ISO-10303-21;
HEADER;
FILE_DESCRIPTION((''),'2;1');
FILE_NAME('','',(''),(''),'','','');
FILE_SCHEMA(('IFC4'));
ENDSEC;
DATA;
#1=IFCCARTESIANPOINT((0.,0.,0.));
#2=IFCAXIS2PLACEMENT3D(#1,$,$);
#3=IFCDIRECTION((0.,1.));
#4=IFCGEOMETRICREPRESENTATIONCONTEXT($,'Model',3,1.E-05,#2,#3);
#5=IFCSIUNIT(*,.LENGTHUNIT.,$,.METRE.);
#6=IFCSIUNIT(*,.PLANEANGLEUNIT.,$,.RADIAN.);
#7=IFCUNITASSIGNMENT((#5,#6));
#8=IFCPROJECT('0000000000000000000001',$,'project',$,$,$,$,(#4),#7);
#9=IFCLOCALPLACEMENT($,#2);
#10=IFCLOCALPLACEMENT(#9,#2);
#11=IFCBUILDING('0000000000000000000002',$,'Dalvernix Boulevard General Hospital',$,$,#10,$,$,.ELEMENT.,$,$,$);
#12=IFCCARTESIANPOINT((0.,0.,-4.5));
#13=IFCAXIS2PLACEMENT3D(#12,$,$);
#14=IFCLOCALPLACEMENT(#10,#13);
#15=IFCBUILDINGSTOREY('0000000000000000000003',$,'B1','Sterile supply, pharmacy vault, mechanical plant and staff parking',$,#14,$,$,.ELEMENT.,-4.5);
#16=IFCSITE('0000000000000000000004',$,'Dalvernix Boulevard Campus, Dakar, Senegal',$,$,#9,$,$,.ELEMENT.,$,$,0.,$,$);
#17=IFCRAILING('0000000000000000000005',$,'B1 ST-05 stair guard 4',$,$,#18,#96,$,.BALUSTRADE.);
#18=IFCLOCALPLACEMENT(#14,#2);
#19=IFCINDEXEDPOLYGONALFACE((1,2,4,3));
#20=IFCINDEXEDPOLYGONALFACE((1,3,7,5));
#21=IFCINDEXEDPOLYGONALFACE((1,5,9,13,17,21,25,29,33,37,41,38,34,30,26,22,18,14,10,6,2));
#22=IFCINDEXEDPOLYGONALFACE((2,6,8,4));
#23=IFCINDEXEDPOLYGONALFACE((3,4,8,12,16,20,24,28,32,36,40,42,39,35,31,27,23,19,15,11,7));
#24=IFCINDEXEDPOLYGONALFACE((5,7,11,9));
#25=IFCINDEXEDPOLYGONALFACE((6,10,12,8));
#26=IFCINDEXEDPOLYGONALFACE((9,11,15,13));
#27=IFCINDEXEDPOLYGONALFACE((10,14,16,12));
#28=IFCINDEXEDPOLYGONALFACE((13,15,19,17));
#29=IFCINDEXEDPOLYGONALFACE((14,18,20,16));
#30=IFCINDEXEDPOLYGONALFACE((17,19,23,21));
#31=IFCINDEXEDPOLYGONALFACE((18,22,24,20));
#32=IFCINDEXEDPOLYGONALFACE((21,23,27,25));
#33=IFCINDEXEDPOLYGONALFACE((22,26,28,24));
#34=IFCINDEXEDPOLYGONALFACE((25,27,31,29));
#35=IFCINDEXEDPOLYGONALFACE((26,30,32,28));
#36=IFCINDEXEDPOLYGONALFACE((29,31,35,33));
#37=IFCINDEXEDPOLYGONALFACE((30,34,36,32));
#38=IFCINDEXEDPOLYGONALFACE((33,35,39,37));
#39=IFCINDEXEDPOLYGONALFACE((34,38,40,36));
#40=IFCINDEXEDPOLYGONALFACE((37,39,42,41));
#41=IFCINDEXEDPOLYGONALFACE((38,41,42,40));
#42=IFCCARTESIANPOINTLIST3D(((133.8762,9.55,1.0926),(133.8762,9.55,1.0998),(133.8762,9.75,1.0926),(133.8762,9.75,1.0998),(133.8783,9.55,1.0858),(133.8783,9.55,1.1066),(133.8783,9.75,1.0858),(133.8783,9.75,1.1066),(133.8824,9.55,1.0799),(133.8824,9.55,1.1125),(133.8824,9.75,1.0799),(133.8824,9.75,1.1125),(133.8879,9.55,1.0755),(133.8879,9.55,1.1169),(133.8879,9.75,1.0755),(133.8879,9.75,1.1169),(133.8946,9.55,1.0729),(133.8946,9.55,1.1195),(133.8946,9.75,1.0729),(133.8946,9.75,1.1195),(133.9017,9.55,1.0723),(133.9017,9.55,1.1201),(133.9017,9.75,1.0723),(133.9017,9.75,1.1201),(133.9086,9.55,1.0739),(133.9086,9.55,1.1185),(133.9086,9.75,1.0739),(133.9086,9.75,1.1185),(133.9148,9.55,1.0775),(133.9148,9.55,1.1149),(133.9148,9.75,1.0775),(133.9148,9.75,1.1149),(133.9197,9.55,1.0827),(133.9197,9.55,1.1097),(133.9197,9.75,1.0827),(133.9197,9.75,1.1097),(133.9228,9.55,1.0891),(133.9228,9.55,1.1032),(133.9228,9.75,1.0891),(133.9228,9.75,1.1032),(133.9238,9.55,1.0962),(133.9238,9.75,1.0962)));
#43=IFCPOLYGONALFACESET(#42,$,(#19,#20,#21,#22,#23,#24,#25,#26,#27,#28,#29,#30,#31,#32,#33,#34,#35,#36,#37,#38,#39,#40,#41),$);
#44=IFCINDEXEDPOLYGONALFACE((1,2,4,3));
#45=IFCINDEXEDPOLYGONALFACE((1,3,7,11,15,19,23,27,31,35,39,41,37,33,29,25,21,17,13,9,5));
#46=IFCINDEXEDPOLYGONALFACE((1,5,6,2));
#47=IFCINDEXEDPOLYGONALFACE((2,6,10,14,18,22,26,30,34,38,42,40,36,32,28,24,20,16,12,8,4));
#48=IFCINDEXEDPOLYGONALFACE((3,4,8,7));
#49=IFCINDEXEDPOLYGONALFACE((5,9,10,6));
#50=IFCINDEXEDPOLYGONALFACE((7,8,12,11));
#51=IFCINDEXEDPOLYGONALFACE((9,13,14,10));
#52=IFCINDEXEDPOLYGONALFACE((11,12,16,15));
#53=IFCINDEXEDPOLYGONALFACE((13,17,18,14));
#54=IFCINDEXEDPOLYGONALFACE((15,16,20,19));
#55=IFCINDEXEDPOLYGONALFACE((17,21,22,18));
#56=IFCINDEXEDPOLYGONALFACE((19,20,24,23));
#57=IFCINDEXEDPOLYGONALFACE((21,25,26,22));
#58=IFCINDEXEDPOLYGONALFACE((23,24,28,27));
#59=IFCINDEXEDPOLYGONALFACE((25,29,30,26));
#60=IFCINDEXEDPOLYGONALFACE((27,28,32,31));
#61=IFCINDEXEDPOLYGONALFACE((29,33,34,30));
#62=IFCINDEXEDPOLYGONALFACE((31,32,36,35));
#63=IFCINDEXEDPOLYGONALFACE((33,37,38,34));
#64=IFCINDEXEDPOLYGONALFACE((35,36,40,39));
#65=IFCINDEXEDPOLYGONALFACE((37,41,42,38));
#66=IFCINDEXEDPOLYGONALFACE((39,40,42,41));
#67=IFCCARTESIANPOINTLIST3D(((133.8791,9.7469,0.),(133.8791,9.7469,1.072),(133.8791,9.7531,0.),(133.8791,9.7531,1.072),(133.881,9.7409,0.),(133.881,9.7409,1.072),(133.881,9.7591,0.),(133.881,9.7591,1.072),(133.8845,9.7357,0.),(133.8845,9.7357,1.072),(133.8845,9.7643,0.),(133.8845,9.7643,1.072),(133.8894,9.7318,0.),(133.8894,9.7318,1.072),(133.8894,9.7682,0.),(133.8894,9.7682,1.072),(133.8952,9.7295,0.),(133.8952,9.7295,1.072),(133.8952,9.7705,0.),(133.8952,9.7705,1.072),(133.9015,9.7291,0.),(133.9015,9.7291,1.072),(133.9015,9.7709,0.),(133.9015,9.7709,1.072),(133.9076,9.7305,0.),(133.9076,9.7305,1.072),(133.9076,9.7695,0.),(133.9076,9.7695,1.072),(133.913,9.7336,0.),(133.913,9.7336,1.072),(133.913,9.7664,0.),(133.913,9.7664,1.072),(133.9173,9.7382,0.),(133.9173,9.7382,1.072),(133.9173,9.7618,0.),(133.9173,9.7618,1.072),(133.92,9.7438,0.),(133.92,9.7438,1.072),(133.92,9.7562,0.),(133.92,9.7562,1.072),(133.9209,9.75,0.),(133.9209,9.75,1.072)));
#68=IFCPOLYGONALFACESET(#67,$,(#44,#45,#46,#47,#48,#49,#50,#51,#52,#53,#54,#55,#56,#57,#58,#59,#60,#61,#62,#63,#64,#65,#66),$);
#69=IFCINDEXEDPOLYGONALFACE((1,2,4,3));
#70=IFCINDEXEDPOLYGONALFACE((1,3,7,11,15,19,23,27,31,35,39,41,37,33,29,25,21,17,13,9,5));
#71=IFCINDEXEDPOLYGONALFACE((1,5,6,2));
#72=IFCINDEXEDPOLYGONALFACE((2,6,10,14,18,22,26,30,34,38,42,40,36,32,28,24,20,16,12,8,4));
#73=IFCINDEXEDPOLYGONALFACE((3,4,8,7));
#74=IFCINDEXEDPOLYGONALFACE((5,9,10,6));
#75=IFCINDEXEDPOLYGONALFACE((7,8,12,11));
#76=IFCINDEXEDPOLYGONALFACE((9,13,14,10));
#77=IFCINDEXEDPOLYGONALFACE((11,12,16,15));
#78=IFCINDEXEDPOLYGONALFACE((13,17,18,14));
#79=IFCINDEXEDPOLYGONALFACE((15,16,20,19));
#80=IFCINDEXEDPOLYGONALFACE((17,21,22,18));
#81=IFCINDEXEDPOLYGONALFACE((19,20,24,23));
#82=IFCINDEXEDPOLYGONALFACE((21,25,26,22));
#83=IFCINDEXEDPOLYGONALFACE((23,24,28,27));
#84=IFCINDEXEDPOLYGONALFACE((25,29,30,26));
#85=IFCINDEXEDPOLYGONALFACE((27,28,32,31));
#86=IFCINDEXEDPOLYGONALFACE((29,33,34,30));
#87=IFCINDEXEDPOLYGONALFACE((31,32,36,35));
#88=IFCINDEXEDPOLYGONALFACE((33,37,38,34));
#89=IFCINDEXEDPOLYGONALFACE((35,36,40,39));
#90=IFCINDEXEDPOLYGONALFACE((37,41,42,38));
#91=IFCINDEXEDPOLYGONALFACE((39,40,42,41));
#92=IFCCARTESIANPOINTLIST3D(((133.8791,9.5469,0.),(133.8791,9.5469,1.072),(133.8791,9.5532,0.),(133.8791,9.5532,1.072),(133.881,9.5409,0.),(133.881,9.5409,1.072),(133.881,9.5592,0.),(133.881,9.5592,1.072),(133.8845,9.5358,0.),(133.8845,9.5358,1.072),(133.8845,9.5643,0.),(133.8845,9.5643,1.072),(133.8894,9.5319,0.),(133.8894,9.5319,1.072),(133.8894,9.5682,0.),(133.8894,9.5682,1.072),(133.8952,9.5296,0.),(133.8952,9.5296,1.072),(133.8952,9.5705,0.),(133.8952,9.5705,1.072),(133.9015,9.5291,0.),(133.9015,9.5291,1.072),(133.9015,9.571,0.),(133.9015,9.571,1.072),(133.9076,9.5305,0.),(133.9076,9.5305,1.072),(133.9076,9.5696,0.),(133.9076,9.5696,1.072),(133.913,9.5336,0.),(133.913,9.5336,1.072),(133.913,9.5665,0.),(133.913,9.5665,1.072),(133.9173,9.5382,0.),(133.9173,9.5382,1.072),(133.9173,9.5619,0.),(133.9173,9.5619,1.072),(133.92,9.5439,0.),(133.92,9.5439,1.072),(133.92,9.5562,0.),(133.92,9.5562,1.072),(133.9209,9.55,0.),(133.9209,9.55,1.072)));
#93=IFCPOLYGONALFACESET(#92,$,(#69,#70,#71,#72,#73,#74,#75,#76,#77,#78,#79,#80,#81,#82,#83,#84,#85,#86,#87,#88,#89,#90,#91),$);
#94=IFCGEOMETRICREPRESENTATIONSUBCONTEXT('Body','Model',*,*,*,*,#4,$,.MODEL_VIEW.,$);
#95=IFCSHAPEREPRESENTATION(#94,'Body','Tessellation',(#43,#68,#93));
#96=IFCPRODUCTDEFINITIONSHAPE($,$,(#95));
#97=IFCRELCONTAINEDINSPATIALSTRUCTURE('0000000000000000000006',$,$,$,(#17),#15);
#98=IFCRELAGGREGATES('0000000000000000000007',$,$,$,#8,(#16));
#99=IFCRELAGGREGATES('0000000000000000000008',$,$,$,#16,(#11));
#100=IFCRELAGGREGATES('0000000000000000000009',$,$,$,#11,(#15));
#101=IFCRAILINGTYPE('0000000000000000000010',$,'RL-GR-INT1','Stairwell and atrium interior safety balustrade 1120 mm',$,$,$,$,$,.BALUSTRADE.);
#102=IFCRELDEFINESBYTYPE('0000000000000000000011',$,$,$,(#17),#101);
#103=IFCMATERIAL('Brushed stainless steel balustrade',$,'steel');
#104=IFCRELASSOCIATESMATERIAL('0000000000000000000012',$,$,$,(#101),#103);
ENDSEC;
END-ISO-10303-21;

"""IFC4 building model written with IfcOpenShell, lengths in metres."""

from ifc_helpers import new_model, si_unit, direction, frame, origin, origin_2d, place, context, subcontext, project, spatial, circle, extrude, material, type_object, element, save


model = new_model("IFC4")

# Units and contexts
model_context = context("Model", 3, precision=1e-05, world=origin(), true_north=direction((0.0, 1.0)))
body_context = subcontext(model_context, "Body", "Model", "MODEL_VIEW")
ifc_project = project(units=[si_unit("LENGTHUNIT", "METRE"), si_unit("PLANEANGLEUNIT", "RADIAN")], contexts=[model_context])

# Site, building, storey
site_placement = place(None, origin())
site = spatial("IfcSite", under=ifc_project, at=site_placement, Name="Dalvernix Boulevard Campus, Dakar, Senegal", CompositionType="ELEMENT", RefElevation=0.0)
building_placement = place(site_placement, origin())
building = spatial("IfcBuilding", under=site, at=building_placement, Name="Dalvernix Boulevard General Hospital", CompositionType="ELEMENT")
storey_placement = place(building_placement, frame((0.0, 0.0, -4.5)))
storey = spatial("IfcBuildingStorey", under=building, at=storey_placement, Name="B1", Description="Sterile supply, pharmacy vault, mechanical plant and staff parking", CompositionType="ELEMENT", Elevation=-4.5)

# Railing
ifc_material_1 = material(Name="Brushed stainless steel balustrade", Category="steel")
railing_type_1 = type_object("IfcRailingType", Name="RL-GR-INT1", Description="Stairwell and atrium interior safety balustrade 1120 mm", PredefinedType="BALUSTRADE", material=ifc_material_1)
railing_1_placement = place(storey_placement, frame((133.8999, 9.75, 0.0)))
element("IfcRailing", 1, at=railing_1_placement, inside=storey, type_object=railing_type_1, Name="B1 ST-05 stair guard 4", PredefinedType="BALUSTRADE", context=body_context, shape_type="SweptSolid", body=[
    extrude(circle(Radius=0.0239, at=origin_2d()), frame((0.0, 0.0, 1.0962), z_axis=(0.0, -1.0, 0.0), x_axis=(1.0, 0.0, 0.0)), (0.0, 0.0, 1.0), 0.2),
    extrude(circle(Radius=0.021, at=origin_2d()), origin(), (0.0, 0.0, 1.0), 1.072),
    extrude(circle(Radius=0.021, at=origin_2d()), frame((0.0, -0.2, 0.0)), (0.0, 0.0, 1.0), 1.072),
])

save(model, "model.ifc")
